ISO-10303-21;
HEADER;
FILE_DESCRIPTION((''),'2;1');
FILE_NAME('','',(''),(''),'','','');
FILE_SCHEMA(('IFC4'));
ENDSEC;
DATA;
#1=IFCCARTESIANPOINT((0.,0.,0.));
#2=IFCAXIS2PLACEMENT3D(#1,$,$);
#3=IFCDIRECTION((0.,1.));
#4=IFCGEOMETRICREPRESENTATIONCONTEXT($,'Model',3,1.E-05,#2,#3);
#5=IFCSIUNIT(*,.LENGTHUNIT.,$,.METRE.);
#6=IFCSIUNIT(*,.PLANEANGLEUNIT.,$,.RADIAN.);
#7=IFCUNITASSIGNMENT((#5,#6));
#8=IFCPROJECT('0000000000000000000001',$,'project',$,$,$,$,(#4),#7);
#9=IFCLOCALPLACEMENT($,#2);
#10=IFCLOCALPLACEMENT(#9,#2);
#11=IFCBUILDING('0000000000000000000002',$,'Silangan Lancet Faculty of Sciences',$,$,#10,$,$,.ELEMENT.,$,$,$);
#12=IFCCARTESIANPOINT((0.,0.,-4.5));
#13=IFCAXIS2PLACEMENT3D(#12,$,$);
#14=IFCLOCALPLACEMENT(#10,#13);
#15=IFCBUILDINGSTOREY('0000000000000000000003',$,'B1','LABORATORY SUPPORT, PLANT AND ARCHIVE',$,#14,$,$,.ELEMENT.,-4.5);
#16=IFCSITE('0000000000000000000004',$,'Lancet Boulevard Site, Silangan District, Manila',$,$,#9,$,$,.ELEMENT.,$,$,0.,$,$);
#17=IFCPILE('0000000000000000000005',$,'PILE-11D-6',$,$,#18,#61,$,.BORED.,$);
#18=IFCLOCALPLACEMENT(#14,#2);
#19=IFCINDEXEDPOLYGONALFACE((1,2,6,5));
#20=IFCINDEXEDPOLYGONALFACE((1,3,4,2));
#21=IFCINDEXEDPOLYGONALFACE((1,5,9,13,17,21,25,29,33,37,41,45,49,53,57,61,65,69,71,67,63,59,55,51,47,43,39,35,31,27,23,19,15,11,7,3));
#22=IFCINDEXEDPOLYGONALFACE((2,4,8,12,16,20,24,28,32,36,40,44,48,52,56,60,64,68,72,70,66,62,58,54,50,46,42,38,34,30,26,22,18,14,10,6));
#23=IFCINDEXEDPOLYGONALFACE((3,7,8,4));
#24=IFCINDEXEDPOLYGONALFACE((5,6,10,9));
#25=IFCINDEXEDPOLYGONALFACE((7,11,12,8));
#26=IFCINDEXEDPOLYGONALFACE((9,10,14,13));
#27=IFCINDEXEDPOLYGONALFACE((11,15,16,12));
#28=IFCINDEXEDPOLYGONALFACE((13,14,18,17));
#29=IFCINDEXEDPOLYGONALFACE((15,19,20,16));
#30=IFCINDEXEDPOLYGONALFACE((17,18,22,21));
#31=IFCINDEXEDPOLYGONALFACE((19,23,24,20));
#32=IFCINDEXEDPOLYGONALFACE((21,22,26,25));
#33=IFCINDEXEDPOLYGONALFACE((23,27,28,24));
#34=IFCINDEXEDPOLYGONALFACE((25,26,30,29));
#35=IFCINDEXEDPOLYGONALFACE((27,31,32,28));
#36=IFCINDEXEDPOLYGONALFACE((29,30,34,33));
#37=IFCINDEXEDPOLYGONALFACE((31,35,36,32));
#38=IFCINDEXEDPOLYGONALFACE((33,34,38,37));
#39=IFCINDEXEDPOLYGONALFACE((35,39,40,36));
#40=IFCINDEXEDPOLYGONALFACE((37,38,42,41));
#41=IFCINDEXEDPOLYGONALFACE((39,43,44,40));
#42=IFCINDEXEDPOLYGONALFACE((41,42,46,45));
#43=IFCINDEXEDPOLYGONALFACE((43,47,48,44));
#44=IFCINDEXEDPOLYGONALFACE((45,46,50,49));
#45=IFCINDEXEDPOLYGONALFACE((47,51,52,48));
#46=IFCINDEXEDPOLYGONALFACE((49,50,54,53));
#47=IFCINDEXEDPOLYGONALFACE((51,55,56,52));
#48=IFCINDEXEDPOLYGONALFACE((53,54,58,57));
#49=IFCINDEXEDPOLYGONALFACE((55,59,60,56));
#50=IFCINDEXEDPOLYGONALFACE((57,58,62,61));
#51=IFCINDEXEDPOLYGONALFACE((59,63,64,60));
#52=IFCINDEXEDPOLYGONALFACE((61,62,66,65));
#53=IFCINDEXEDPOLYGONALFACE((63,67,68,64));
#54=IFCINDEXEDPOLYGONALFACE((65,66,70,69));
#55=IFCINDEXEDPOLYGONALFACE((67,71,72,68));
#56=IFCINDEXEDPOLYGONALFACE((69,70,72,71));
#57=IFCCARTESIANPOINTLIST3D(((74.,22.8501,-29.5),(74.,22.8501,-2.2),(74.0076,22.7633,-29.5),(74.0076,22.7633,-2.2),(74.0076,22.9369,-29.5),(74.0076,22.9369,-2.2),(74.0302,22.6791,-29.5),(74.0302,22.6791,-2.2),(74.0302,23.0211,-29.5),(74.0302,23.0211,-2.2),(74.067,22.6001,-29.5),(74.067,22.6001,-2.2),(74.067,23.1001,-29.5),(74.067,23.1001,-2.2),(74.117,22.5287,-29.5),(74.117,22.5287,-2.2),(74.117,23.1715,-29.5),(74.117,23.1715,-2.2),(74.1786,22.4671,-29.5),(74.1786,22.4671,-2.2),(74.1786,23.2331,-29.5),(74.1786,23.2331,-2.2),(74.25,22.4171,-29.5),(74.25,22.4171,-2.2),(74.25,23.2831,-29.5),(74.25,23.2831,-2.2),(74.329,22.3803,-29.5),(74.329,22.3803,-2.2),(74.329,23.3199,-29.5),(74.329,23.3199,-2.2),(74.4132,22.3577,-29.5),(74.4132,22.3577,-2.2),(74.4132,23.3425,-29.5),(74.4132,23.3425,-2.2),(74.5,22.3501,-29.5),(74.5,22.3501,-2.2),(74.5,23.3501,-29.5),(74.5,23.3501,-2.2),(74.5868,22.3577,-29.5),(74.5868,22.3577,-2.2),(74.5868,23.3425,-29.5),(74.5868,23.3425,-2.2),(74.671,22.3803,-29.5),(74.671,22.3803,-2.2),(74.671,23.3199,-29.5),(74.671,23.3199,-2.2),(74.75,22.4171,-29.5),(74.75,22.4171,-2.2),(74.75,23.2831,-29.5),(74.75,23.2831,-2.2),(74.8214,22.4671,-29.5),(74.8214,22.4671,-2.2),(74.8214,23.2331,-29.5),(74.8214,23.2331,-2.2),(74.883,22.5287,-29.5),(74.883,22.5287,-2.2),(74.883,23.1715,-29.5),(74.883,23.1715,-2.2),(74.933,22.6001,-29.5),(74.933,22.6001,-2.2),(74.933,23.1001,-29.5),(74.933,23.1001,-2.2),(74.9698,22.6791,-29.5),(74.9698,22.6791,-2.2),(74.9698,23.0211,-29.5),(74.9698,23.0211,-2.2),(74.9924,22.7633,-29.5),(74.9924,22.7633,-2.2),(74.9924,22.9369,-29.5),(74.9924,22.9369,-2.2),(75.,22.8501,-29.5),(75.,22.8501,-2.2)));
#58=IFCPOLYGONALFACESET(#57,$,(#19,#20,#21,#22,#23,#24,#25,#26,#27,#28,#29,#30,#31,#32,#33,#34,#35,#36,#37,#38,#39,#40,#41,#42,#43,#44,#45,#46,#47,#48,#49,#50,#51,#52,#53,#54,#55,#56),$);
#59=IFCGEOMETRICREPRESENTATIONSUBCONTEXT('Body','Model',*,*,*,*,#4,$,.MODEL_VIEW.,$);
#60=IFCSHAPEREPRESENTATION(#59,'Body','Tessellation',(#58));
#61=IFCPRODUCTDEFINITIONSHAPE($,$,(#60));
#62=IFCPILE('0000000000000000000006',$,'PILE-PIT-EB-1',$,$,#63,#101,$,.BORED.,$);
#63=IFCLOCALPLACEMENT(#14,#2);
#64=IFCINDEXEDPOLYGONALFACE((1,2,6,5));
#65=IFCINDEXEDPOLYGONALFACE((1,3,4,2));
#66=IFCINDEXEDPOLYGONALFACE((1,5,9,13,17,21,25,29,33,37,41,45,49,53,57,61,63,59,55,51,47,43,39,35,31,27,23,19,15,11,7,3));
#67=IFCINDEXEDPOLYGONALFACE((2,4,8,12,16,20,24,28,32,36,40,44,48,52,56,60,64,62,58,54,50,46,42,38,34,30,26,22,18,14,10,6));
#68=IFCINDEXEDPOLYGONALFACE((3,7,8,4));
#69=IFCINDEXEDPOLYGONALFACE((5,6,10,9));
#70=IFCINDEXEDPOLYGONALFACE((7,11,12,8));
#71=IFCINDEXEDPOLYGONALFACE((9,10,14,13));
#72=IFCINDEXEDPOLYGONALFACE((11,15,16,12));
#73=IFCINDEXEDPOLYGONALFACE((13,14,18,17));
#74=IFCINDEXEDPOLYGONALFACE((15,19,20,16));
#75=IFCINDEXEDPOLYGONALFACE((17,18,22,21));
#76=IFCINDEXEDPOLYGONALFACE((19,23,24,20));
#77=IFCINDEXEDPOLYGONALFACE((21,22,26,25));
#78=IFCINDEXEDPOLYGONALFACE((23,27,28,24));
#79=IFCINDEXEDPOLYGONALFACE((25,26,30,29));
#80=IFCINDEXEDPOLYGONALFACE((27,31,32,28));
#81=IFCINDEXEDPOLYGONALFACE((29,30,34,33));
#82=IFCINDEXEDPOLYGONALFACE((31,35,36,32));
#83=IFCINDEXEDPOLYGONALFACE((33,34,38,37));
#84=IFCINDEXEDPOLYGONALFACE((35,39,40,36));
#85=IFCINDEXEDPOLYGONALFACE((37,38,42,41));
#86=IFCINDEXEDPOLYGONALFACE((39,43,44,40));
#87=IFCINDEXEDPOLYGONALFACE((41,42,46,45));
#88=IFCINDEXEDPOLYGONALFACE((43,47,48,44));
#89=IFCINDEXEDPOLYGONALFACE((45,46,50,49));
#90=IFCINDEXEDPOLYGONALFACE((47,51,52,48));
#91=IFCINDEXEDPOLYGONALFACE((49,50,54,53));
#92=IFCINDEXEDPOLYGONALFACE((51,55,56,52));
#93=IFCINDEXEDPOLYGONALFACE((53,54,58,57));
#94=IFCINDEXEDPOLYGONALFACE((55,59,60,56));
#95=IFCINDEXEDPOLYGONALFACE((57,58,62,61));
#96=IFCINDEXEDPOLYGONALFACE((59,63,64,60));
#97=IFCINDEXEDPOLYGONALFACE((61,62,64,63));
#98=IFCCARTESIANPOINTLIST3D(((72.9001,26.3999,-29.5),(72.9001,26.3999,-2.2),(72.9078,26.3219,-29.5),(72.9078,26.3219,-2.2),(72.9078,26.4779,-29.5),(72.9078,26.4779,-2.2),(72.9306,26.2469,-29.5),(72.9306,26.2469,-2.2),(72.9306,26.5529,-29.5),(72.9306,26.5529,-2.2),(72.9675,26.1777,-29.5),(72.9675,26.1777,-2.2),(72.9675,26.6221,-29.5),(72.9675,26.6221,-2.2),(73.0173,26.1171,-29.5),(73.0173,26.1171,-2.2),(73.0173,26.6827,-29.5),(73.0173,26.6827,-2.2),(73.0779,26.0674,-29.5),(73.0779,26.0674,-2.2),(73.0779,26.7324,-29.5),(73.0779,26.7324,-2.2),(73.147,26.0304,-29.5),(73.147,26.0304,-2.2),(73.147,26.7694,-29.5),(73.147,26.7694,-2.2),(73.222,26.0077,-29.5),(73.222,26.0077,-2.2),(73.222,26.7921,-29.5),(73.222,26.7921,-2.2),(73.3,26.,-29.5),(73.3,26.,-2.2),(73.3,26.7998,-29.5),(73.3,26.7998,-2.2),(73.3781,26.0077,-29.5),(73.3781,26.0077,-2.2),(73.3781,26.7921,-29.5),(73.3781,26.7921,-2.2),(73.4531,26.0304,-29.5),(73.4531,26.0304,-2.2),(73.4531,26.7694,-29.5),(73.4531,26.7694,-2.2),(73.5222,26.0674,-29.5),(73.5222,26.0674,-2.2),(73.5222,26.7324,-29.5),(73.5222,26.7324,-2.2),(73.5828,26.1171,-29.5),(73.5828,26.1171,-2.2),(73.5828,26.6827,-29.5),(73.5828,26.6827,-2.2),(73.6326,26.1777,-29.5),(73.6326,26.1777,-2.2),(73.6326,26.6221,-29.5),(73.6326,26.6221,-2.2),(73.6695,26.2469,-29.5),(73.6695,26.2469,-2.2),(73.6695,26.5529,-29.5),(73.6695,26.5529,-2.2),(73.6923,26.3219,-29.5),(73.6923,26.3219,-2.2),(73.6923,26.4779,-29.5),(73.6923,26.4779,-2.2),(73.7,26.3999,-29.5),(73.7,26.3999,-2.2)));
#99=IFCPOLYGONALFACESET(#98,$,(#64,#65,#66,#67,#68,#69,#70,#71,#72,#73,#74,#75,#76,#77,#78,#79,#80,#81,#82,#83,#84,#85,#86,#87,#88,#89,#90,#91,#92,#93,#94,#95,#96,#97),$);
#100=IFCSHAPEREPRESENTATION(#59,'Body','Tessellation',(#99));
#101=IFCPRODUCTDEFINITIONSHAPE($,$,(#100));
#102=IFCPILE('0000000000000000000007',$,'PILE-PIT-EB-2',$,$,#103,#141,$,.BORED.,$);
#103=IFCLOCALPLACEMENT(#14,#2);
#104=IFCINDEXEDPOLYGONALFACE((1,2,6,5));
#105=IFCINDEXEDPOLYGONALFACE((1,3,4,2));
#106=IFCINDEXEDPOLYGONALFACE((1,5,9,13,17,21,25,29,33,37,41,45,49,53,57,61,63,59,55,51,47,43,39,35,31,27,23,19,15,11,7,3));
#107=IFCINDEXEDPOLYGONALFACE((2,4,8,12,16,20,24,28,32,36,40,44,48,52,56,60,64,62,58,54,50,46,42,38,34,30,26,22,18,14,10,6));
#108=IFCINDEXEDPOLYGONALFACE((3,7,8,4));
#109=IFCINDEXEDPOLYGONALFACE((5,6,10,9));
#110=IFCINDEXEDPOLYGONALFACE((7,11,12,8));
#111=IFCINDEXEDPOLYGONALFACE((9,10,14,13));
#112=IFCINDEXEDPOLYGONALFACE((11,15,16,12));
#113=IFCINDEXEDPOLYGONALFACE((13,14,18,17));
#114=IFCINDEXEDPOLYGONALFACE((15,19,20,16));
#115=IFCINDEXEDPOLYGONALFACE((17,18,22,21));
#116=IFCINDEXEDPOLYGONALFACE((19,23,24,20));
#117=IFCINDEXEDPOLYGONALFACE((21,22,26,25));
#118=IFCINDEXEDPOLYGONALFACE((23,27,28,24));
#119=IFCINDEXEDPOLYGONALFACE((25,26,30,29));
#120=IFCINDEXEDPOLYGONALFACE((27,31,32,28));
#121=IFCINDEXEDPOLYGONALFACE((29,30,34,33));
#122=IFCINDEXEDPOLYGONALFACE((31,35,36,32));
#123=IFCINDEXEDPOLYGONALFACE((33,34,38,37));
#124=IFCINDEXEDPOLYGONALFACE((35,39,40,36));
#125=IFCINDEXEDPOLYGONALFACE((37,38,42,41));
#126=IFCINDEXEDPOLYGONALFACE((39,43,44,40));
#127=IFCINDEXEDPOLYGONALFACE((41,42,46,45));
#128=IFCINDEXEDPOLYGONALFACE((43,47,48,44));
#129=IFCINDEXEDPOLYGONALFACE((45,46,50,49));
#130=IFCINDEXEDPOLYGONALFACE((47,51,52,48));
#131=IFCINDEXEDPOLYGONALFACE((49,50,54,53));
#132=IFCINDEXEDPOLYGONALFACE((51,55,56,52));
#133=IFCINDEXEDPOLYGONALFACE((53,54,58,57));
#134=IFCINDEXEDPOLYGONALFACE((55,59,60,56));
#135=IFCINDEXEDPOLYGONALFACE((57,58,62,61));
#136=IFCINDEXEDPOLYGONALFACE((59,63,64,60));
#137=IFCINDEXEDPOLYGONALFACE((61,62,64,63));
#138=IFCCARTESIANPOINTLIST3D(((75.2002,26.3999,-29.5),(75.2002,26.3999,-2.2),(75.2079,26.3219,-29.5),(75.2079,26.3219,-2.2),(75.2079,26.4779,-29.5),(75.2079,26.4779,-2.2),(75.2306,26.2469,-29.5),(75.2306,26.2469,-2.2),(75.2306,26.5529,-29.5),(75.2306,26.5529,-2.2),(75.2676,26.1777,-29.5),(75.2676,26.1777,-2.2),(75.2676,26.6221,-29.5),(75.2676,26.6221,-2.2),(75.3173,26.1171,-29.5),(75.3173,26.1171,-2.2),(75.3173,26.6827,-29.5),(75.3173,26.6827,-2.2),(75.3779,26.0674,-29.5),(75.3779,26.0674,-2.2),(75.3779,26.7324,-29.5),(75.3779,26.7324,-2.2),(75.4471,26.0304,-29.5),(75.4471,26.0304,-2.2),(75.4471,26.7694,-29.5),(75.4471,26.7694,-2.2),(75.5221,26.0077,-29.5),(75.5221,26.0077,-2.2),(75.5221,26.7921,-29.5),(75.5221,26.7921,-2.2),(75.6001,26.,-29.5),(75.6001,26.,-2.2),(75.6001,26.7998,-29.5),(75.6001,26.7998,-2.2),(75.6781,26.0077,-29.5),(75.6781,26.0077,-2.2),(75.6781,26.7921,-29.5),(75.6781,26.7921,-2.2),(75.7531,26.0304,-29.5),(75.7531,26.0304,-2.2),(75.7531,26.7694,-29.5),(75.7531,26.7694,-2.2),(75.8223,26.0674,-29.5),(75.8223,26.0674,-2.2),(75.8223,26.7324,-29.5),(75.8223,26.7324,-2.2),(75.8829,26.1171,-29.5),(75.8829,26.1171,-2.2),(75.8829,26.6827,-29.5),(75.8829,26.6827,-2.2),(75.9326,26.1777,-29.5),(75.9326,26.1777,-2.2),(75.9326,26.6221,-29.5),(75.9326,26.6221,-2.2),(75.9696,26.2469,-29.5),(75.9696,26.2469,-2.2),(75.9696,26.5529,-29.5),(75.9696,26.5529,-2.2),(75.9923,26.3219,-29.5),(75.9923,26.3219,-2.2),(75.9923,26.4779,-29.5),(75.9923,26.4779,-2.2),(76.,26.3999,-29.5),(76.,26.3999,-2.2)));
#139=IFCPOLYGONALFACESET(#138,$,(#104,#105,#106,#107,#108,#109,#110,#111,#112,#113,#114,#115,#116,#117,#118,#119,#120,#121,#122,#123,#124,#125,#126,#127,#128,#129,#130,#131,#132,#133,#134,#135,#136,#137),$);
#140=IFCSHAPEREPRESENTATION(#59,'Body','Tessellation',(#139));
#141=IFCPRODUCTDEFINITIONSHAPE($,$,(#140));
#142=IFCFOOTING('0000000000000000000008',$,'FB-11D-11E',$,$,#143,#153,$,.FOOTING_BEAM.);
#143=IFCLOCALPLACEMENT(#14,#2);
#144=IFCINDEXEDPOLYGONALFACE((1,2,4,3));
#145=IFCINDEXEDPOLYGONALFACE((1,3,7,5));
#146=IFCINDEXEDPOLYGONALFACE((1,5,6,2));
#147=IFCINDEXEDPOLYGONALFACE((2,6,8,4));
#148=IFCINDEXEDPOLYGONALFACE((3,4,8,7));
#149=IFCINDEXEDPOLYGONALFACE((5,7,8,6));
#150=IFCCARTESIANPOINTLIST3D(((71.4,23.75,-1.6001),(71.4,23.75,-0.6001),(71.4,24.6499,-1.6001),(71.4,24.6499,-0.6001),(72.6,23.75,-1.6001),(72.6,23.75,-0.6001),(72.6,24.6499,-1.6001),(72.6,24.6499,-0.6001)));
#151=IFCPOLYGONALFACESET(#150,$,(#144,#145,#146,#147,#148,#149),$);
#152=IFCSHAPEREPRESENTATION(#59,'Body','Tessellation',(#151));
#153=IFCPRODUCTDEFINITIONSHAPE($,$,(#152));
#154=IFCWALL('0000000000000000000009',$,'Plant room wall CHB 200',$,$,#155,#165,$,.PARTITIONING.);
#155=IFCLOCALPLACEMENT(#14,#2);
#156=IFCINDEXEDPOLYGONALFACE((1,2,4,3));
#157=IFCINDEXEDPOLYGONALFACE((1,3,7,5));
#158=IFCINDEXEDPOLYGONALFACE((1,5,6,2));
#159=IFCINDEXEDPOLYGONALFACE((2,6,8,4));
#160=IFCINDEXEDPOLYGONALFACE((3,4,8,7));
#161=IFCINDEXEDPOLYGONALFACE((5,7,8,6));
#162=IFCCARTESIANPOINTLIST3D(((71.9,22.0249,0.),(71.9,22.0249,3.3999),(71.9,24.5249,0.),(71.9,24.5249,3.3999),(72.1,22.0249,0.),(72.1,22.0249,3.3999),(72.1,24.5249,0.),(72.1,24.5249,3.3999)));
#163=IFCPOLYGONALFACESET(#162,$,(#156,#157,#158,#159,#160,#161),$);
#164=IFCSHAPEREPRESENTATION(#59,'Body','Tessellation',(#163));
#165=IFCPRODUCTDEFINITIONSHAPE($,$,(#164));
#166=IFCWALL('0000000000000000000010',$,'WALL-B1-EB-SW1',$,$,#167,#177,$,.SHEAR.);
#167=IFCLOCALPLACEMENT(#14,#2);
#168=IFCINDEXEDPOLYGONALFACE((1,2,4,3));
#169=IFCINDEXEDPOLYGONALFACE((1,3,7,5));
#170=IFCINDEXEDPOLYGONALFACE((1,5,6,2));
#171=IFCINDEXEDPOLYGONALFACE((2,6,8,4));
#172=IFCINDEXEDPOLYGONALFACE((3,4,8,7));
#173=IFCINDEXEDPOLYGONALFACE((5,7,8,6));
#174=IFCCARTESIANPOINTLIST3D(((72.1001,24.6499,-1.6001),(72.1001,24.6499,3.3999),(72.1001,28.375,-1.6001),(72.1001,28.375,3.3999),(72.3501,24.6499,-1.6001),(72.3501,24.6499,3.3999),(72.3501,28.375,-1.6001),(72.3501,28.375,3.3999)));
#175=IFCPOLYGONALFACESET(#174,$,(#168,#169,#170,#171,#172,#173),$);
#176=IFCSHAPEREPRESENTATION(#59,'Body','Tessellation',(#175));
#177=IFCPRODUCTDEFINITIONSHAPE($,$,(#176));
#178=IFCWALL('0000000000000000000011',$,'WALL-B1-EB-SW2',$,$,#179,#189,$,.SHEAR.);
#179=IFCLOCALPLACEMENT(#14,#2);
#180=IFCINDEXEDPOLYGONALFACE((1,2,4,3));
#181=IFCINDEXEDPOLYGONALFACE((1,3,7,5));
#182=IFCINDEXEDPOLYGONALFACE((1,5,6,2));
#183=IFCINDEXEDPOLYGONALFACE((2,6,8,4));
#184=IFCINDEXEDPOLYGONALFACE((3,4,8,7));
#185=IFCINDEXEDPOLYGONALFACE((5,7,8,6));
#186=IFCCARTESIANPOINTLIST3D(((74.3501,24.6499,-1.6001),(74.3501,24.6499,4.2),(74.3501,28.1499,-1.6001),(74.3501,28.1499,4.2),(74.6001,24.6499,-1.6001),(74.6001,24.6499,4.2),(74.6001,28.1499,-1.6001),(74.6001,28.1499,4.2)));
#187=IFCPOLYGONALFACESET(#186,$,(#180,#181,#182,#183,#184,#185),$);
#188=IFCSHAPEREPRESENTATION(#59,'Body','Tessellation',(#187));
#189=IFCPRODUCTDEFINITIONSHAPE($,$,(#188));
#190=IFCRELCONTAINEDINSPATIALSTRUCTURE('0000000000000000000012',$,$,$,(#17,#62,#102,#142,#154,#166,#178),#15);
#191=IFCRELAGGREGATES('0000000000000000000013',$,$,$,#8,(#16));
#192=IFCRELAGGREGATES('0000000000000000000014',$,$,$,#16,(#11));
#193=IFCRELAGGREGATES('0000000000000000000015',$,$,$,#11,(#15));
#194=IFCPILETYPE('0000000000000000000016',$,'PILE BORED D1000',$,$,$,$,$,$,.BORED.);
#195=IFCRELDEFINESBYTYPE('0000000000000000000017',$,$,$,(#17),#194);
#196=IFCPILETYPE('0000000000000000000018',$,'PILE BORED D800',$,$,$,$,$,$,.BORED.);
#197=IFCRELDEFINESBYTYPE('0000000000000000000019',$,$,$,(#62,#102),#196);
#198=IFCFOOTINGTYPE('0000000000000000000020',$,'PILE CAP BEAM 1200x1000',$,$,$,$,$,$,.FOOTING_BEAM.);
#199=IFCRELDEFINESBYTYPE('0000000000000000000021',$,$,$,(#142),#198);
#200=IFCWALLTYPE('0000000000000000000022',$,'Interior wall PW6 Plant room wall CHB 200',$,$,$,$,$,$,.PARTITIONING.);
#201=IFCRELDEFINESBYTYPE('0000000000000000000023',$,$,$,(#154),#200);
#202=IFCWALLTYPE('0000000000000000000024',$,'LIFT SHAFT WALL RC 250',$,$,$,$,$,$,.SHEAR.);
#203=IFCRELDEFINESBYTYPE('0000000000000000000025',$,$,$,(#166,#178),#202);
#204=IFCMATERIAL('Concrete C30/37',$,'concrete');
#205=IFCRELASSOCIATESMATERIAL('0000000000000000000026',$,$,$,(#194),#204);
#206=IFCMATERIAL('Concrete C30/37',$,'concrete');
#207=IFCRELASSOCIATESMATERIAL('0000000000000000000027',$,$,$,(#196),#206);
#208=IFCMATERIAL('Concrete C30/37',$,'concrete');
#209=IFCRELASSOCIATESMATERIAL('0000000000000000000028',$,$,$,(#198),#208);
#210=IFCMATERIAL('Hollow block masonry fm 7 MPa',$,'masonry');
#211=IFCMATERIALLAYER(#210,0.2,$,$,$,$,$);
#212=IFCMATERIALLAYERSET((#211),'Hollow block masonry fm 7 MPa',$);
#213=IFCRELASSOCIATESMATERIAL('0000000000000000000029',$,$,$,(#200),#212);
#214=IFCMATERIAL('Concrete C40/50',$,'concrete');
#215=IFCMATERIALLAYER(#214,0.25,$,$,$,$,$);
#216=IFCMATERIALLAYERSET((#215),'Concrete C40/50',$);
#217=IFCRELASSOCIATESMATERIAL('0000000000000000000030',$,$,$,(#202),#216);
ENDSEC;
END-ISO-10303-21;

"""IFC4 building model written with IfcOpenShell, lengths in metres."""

from ifc_helpers import new_model, si_unit, direction, frame, frame_2d, origin, origin_2d, place, context, subcontext, project, spatial, rectangle, circle, extrude, material, layer, layer_set, material_profile, profile_set, type_object, element, save


model = new_model("IFC4")

# Units and contexts
model_context = context("Model", 3, precision=1e-05, world=origin(), true_north=direction((0.0, 1.0)))
body_context = subcontext(model_context, "Body", "Model", "MODEL_VIEW")
ifc_project = project(units=[si_unit("LENGTHUNIT", "METRE"), si_unit("PLANEANGLEUNIT", "RADIAN")], contexts=[model_context])

# Site, building, storey
site_placement = place(None, origin())
site = spatial("IfcSite", under=ifc_project, at=site_placement, Name="Lancet Boulevard Site, Silangan District, Manila", CompositionType="ELEMENT", RefElevation=0.0)
building_placement = place(site_placement, origin())
building = spatial("IfcBuilding", under=site, at=building_placement, Name="Silangan Lancet Faculty of Sciences", CompositionType="ELEMENT")
storey_placement = place(building_placement, frame((0.0, 0.0, -4.5)))
storey = spatial("IfcBuildingStorey", under=building, at=storey_placement, Name="B1", Description="LABORATORY SUPPORT, PLANT AND ARCHIVE", CompositionType="ELEMENT", Elevation=-4.5)

# Piles
ifc_material_1 = material(Name="Concrete C30/37", Category="concrete")
ifc_material_profile_1 = material_profile(ifc_material_1, circle(Radius=0.5, at=origin_2d()), Name="BORED PILE D1000")
ifc_profile_set_1 = profile_set([ifc_material_profile_1], Name="Concrete C30/37")
pile_type_1 = type_object("IfcPileType", Name="PILE BORED D1000", PredefinedType="BORED", material=ifc_profile_set_1)
for number, where, z_axis, x_axis, name in (
    (1, (74.5, 22.8501, -2.2), (0.0, 0.0, -1.0), (1.0, 0.0, 0.0), "PILE-11D-6"),
):
    element("IfcPile", number, at=place(storey_placement, frame(where, z_axis=z_axis, x_axis=x_axis)), inside=storey, type_object=pile_type_1, Name=name, PredefinedType="BORED", context=body_context, shape_type="SweptSolid", body=[
        extrude(circle(Radius=0.5, at=origin_2d()), origin(), (0.0, 0.0, 1.0), 27.3),
    ])
ifc_material_2 = material(Name="Concrete C30/37", Category="concrete")
ifc_material_profile_2 = material_profile(ifc_material_2, circle(Radius=0.3999, at=origin_2d()), Name="BORED PILE D800")
ifc_profile_set_2 = profile_set([ifc_material_profile_2], Name="Concrete C30/37")
pile_type_2 = type_object("IfcPileType", Name="PILE BORED D800", PredefinedType="BORED", material=ifc_profile_set_2)
for number, where, z_axis, x_axis, name in (
    (2, (73.3, 26.3999, -2.2), (0.0, 0.0, -1.0), (1.0, 0.0, 0.0), "PILE-PIT-EB-1"),
    (3, (75.6001, 26.3999, -2.2), (0.0, 0.0, -1.0), (1.0, 0.0, 0.0), "PILE-PIT-EB-2"),
):
    element("IfcPile", number, at=place(storey_placement, frame(where, z_axis=z_axis, x_axis=x_axis)), inside=storey, type_object=pile_type_2, Name=name, PredefinedType="BORED", context=body_context, shape_type="SweptSolid", body=[
        extrude(circle(Radius=0.3999, at=origin_2d()), origin(), (0.0, 0.0, 1.0), 27.3),
    ])

# Footing
ifc_material_3 = material(Name="Concrete C30/37", Category="concrete")
footing_type_1 = type_object("IfcFootingType", Name="PILE CAP BEAM 1200x1000", PredefinedType="FOOTING_BEAM", material=ifc_material_3)
footing_placement = place(storey_placement, frame((72.0, 24.2, -1.6001), z_axis=(0.0, 0.0, 1.0), x_axis=(0.0, 1.0, 0.0)))
element("IfcFooting", 4, at=footing_placement, inside=storey, type_object=footing_type_1, Name="FB-11D-11E", PredefinedType="FOOTING_BEAM", context=body_context, shape_type="SweptSolid", body=[
    extrude(rectangle(XDim=0.8999, YDim=1.2, at=origin_2d()), origin(), (0.0, 0.0, 1.0), 1.0),
])

# Walls
ifc_material_4 = material(Name="Hollow block masonry fm 7 MPa", Category="masonry")
ifc_layer_1 = layer(ifc_material_4, 0.2)
ifc_layer_set_1 = layer_set([ifc_layer_1], Name="Hollow block masonry fm 7 MPa")
wall_type_1 = type_object("IfcWallType", Name="Interior wall PW6 Plant room wall CHB 200", PredefinedType="PARTITIONING", material=ifc_layer_set_1)
wall_1_placement = place(storey_placement, frame((72.0, 22.0249, 0.0), z_axis=(0.0, 0.0, 1.0), x_axis=(0.0, 1.0, 0.0)))
element("IfcWall", 5, at=wall_1_placement, inside=storey, type_object=wall_type_1, Name="Plant room wall CHB 200", PredefinedType="PARTITIONING", context=body_context, shape_type="SweptSolid", body=[
    extrude(rectangle(XDim=2.5, YDim=0.2, at=frame_2d((1.25, 0.0))), origin(), (0.0, 0.0, 1.0), 3.3999),
])
ifc_material_5 = material(Name="Concrete C40/50", Category="concrete")
ifc_layer_2 = layer(ifc_material_5, 0.25)
ifc_layer_set_2 = layer_set([ifc_layer_2], Name="Concrete C40/50")
wall_type_2 = type_object("IfcWallType", Name="LIFT SHAFT WALL RC 250", PredefinedType="SHEAR", material=ifc_layer_set_2)
wall_2_placement = place(storey_placement, frame((72.2251, 24.6499, -1.6001), z_axis=(0.0, 0.0, 1.0), x_axis=(0.0, 1.0, 0.0)))
element("IfcWall", 6, at=wall_2_placement, inside=storey, type_object=wall_type_2, Name="WALL-B1-EB-SW1", PredefinedType="SHEAR", context=body_context, shape_type="SweptSolid", body=[
    extrude(rectangle(XDim=3.7251, YDim=0.25, at=frame_2d((1.8625, 0.0))), origin(), (0.0, 0.0, 1.0), 5.0),
])
for number, where, z_axis, x_axis, name in (
    (7, (74.4751, 24.6499, -1.6001), (0.0, 0.0, 1.0), (0.0, 1.0, 0.0), "WALL-B1-EB-SW2"),
):
    element("IfcWall", number, at=place(storey_placement, frame(where, z_axis=z_axis, x_axis=x_axis)), inside=storey, type_object=wall_type_2, Name=name, PredefinedType="SHEAR", context=body_context, shape_type="SweptSolid", body=[
        extrude(rectangle(XDim=3.5, YDim=0.25, at=frame_2d((1.75, 0.0))), origin(), (0.0, 0.0, 1.0), 5.8),
    ])

save(model, "model.ifc")
